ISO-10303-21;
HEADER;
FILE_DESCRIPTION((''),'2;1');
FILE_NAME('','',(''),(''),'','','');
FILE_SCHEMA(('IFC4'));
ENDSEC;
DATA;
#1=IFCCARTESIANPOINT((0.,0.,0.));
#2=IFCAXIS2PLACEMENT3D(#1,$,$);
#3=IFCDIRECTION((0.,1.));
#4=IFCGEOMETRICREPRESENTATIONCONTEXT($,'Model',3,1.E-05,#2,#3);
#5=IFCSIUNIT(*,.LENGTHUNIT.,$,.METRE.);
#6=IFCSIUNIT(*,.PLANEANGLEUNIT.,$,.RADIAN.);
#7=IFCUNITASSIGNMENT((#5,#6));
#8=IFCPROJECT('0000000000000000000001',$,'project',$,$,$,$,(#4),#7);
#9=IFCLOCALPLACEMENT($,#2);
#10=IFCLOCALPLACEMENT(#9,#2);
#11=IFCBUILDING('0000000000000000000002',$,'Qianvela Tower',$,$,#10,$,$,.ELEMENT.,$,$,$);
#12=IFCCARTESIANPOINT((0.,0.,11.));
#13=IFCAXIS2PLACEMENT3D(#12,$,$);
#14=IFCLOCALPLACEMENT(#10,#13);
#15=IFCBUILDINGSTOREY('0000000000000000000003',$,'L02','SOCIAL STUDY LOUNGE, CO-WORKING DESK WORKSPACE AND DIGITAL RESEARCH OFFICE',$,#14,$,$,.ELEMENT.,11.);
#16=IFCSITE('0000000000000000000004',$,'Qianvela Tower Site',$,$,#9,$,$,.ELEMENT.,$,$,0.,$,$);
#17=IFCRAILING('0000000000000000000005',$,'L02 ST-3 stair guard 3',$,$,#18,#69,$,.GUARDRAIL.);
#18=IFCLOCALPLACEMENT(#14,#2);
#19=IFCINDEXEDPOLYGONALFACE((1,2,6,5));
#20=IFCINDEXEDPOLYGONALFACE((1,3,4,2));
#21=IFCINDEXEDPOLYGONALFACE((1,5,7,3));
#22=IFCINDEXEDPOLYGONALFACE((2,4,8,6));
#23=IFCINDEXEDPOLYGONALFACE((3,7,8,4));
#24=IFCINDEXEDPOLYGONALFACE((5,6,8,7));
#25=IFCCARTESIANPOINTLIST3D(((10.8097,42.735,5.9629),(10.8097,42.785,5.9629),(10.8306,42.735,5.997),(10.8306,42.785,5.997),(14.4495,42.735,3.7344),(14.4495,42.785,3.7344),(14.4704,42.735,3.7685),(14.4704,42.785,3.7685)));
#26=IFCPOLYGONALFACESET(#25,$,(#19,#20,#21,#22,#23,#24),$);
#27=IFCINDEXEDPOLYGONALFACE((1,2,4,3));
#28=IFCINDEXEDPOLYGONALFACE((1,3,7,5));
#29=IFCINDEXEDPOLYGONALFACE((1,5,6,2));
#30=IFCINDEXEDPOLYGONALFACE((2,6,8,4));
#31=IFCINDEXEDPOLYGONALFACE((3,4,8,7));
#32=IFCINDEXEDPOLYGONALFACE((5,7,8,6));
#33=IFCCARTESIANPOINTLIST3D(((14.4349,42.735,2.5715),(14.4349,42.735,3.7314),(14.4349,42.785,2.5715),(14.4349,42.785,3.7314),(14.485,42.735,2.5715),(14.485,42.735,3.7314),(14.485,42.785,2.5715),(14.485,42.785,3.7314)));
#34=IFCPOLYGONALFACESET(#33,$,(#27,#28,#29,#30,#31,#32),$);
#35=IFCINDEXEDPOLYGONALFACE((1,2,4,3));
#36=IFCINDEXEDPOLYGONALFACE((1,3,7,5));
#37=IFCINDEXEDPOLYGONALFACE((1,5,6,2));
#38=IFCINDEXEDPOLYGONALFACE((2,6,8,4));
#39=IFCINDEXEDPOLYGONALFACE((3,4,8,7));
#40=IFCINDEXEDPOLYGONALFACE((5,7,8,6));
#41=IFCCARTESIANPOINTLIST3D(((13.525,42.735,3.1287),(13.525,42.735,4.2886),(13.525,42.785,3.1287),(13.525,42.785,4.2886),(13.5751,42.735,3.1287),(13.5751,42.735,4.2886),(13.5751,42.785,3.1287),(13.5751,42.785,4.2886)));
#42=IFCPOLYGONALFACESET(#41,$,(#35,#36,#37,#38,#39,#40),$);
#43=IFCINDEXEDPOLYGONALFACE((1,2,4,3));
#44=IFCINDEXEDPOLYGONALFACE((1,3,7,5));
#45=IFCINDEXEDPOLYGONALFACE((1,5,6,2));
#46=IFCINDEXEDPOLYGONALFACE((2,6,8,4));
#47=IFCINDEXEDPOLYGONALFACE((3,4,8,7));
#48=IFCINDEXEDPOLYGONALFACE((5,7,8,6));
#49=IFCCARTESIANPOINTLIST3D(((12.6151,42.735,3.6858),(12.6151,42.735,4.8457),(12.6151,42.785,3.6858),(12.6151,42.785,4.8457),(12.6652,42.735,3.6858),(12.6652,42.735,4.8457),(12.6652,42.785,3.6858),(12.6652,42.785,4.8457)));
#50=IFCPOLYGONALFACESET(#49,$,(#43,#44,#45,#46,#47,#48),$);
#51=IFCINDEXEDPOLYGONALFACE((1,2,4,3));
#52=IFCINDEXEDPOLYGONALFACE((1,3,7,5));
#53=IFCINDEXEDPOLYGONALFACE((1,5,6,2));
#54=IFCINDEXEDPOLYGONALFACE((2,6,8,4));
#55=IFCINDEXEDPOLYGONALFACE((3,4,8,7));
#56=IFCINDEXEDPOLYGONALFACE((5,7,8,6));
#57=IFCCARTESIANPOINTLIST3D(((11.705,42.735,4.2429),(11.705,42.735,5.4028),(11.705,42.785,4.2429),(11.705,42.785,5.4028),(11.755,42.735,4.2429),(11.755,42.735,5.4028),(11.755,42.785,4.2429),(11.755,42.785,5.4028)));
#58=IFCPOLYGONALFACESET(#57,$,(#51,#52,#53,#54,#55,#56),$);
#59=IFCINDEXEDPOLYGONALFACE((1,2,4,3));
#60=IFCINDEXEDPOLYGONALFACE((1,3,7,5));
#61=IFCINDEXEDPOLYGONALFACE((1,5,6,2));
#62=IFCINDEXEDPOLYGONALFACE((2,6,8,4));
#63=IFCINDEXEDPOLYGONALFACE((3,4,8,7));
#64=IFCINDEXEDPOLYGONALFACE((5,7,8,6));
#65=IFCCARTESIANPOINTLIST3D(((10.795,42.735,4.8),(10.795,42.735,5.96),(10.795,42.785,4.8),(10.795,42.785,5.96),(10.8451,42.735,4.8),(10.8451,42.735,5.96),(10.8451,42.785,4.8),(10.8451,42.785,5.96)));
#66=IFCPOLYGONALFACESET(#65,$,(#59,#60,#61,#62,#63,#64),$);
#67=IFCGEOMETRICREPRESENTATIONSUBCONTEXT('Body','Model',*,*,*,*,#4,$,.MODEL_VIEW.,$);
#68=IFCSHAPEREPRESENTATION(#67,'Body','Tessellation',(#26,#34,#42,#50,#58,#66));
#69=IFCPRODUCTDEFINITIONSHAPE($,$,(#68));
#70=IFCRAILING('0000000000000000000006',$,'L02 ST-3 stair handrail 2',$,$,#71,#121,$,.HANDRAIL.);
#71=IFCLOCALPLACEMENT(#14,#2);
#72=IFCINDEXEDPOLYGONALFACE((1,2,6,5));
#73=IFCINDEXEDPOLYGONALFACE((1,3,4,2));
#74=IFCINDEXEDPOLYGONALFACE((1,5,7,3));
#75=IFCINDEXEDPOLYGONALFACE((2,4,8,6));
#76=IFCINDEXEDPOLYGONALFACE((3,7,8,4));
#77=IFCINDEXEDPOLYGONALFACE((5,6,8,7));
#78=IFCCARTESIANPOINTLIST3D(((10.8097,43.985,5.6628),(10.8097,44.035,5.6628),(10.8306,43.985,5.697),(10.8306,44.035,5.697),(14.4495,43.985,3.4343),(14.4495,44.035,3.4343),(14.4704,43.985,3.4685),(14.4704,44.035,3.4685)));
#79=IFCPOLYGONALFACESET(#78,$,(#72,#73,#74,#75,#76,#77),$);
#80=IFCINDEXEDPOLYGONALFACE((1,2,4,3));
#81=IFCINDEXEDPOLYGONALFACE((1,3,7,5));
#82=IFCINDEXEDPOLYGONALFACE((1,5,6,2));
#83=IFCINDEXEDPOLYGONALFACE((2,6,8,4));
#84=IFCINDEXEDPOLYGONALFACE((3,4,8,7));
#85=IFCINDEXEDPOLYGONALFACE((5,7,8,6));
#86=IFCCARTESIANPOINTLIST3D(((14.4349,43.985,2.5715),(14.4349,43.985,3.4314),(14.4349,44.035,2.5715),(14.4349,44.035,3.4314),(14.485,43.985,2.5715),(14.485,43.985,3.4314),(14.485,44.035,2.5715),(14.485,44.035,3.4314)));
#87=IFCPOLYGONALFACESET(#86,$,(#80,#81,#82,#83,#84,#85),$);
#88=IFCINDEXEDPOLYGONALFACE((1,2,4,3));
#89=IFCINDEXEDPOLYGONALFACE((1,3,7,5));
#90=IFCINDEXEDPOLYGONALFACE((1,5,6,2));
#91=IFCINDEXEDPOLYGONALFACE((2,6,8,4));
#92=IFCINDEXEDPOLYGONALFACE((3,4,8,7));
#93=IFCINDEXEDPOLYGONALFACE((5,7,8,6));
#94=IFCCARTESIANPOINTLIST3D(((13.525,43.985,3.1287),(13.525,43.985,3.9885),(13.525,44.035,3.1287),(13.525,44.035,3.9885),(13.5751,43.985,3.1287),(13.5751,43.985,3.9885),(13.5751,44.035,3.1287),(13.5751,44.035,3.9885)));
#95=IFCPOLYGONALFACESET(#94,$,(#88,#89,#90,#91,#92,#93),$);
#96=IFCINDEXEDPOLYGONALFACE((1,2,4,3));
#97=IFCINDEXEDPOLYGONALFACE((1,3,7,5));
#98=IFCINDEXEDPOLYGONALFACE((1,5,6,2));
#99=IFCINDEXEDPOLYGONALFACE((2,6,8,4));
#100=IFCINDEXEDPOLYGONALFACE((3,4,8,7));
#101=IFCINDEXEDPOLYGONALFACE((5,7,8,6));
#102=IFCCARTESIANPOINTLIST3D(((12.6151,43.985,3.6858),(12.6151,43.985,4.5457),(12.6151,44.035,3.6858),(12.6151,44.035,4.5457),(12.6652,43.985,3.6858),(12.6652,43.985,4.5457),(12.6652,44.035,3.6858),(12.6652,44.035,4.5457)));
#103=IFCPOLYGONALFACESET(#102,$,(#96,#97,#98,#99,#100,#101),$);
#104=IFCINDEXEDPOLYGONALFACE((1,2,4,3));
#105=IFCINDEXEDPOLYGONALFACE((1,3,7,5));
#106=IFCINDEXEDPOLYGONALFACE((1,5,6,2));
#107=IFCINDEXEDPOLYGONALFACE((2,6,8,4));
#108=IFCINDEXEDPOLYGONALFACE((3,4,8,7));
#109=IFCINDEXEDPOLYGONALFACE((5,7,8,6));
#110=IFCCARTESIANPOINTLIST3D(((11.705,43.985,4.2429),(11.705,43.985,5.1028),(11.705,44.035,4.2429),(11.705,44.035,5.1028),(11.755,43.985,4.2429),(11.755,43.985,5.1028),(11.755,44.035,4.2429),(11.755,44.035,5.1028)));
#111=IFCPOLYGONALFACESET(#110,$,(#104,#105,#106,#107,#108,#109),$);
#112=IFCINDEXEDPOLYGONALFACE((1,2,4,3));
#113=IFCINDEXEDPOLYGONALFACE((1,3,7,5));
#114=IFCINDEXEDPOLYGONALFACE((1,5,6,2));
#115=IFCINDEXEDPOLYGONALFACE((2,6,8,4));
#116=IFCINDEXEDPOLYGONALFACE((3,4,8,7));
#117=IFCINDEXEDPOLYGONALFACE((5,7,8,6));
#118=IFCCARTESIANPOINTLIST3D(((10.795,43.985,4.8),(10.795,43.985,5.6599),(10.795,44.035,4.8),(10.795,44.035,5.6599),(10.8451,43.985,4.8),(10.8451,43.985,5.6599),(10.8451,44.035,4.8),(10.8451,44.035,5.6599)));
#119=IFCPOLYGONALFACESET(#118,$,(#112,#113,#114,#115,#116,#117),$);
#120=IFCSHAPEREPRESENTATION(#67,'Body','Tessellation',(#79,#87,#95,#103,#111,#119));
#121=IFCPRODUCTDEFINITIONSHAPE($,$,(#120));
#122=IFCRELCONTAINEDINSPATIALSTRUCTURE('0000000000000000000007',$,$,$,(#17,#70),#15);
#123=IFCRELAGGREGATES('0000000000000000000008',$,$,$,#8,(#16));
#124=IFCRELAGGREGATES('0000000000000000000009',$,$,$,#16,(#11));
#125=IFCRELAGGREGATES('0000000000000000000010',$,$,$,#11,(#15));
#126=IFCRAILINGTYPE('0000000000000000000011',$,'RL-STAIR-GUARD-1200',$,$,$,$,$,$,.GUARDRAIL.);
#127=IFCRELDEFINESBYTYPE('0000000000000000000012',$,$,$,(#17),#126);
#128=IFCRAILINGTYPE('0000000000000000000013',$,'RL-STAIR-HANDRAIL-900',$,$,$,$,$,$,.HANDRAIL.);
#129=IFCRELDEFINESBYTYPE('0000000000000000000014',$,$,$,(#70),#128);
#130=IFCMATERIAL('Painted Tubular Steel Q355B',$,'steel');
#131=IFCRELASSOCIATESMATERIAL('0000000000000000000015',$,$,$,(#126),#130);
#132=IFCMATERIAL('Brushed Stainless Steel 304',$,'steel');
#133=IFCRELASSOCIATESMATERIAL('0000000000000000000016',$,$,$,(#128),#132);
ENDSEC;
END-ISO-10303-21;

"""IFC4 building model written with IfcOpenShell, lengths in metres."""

from ifc_helpers import new_model, si_unit, direction, frame, origin, origin_2d, place, context, subcontext, project, spatial, rectangle, extrude, material, type_object, element, save


model = new_model("IFC4")

# Units and contexts
model_context = context("Model", 3, precision=1e-05, world=origin(), true_north=direction((0.0, 1.0)))
body_context = subcontext(model_context, "Body", "Model", "MODEL_VIEW")
ifc_project = project(units=[si_unit("LENGTHUNIT", "METRE"), si_unit("PLANEANGLEUNIT", "RADIAN")], contexts=[model_context])

# Site, building, storey
site_placement = place(None, origin())
site = spatial("IfcSite", under=ifc_project, at=site_placement, Name="Qianvela Tower Site", CompositionType="ELEMENT", RefElevation=0.0)
building_placement = place(site_placement, origin())
building = spatial("IfcBuilding", under=site, at=building_placement, Name="Qianvela Tower", CompositionType="ELEMENT")
storey_placement = place(building_placement, frame((0.0, 0.0, 11.0)))
storey = spatial("IfcBuildingStorey", under=building, at=storey_placement, Name="L02", Description="SOCIAL STUDY LOUNGE, CO-WORKING DESK WORKSPACE AND DIGITAL RESEARCH OFFICE", CompositionType="ELEMENT", Elevation=11.0)

# Railings
ifc_material_1 = material(Name="Painted Tubular Steel Q355B", Category="steel")
railing_type_1 = type_object("IfcRailingType", Name="RL-STAIR-GUARD-1200", PredefinedType="GUARDRAIL", material=ifc_material_1)
railing_1_placement = place(storey_placement, frame((14.46, 42.76, 2.5715)))
element("IfcRailing", 1, at=railing_1_placement, inside=storey, type_object=railing_type_1, Name="L02 ST-3 stair guard 3", PredefinedType="GUARDRAIL", context=body_context, shape_type="SweptSolid", body=[
    extrude(rectangle(XDim=0.05, YDim=0.04, at=origin_2d()), frame((0.0, 0.0, 1.1799), z_axis=(-0.85285, 0.0, 0.522156), x_axis=(0.0, -1.0, 0.0)), (0.0, 0.0, 1.0), 4.2678),
    extrude(rectangle(XDim=0.05, YDim=0.05, at=origin_2d()), origin(), (0.0, 0.0, 1.0), 1.1599),
    extrude(rectangle(XDim=0.05, YDim=0.05, at=origin_2d()), frame((-0.9099, 0.0, 0.5571)), (0.0, 0.0, 1.0), 1.1599),
    extrude(rectangle(XDim=0.05, YDim=0.05, at=origin_2d()), frame((-1.8198, 0.0, 1.1143)), (0.0, 0.0, 1.0), 1.1599),
    extrude(rectangle(XDim=0.05, YDim=0.05, at=origin_2d()), frame((-2.73, 0.0, 1.6714)), (0.0, 0.0, 1.0), 1.1599),
    extrude(rectangle(XDim=0.05, YDim=0.05, at=origin_2d()), frame((-3.6399, 0.0, 2.2285)), (0.0, 0.0, 1.0), 1.1599),
])
ifc_material_2 = material(Name="Brushed Stainless Steel 304", Category="steel")
railing_type_2 = type_object("IfcRailingType", Name="RL-STAIR-HANDRAIL-900", PredefinedType="HANDRAIL", material=ifc_material_2)
railing_2_placement = place(storey_placement, frame((14.46, 44.01, 2.5715)))
element("IfcRailing", 2, at=railing_2_placement, inside=storey, type_object=railing_type_2, Name="L02 ST-3 stair handrail 2", PredefinedType="HANDRAIL", context=body_context, shape_type="SweptSolid", body=[
    extrude(rectangle(XDim=0.05, YDim=0.04, at=origin_2d()), frame((0.0, 0.0, 0.8799), z_axis=(-0.85285, 0.0, 0.522156), x_axis=(0.0, -1.0, 0.0)), (0.0, 0.0, 1.0), 4.2678),
    extrude(rectangle(XDim=0.05, YDim=0.05, at=origin_2d()), origin(), (0.0, 0.0, 1.0), 0.8599),
    extrude(rectangle(XDim=0.05, YDim=0.05, at=origin_2d()), frame((-0.9099, 0.0, 0.5571)), (0.0, 0.0, 1.0), 0.8599),
    extrude(rectangle(XDim=0.05, YDim=0.05, at=origin_2d()), frame((-1.8198, 0.0, 1.1143)), (0.0, 0.0, 1.0), 0.8599),
    extrude(rectangle(XDim=0.05, YDim=0.05, at=origin_2d()), frame((-2.73, 0.0, 1.6714)), (0.0, 0.0, 1.0), 0.8599),
    extrude(rectangle(XDim=0.05, YDim=0.05, at=origin_2d()), frame((-3.6399, 0.0, 2.2285)), (0.0, 0.0, 1.0), 0.8599),
])

save(model, "model.ifc")
